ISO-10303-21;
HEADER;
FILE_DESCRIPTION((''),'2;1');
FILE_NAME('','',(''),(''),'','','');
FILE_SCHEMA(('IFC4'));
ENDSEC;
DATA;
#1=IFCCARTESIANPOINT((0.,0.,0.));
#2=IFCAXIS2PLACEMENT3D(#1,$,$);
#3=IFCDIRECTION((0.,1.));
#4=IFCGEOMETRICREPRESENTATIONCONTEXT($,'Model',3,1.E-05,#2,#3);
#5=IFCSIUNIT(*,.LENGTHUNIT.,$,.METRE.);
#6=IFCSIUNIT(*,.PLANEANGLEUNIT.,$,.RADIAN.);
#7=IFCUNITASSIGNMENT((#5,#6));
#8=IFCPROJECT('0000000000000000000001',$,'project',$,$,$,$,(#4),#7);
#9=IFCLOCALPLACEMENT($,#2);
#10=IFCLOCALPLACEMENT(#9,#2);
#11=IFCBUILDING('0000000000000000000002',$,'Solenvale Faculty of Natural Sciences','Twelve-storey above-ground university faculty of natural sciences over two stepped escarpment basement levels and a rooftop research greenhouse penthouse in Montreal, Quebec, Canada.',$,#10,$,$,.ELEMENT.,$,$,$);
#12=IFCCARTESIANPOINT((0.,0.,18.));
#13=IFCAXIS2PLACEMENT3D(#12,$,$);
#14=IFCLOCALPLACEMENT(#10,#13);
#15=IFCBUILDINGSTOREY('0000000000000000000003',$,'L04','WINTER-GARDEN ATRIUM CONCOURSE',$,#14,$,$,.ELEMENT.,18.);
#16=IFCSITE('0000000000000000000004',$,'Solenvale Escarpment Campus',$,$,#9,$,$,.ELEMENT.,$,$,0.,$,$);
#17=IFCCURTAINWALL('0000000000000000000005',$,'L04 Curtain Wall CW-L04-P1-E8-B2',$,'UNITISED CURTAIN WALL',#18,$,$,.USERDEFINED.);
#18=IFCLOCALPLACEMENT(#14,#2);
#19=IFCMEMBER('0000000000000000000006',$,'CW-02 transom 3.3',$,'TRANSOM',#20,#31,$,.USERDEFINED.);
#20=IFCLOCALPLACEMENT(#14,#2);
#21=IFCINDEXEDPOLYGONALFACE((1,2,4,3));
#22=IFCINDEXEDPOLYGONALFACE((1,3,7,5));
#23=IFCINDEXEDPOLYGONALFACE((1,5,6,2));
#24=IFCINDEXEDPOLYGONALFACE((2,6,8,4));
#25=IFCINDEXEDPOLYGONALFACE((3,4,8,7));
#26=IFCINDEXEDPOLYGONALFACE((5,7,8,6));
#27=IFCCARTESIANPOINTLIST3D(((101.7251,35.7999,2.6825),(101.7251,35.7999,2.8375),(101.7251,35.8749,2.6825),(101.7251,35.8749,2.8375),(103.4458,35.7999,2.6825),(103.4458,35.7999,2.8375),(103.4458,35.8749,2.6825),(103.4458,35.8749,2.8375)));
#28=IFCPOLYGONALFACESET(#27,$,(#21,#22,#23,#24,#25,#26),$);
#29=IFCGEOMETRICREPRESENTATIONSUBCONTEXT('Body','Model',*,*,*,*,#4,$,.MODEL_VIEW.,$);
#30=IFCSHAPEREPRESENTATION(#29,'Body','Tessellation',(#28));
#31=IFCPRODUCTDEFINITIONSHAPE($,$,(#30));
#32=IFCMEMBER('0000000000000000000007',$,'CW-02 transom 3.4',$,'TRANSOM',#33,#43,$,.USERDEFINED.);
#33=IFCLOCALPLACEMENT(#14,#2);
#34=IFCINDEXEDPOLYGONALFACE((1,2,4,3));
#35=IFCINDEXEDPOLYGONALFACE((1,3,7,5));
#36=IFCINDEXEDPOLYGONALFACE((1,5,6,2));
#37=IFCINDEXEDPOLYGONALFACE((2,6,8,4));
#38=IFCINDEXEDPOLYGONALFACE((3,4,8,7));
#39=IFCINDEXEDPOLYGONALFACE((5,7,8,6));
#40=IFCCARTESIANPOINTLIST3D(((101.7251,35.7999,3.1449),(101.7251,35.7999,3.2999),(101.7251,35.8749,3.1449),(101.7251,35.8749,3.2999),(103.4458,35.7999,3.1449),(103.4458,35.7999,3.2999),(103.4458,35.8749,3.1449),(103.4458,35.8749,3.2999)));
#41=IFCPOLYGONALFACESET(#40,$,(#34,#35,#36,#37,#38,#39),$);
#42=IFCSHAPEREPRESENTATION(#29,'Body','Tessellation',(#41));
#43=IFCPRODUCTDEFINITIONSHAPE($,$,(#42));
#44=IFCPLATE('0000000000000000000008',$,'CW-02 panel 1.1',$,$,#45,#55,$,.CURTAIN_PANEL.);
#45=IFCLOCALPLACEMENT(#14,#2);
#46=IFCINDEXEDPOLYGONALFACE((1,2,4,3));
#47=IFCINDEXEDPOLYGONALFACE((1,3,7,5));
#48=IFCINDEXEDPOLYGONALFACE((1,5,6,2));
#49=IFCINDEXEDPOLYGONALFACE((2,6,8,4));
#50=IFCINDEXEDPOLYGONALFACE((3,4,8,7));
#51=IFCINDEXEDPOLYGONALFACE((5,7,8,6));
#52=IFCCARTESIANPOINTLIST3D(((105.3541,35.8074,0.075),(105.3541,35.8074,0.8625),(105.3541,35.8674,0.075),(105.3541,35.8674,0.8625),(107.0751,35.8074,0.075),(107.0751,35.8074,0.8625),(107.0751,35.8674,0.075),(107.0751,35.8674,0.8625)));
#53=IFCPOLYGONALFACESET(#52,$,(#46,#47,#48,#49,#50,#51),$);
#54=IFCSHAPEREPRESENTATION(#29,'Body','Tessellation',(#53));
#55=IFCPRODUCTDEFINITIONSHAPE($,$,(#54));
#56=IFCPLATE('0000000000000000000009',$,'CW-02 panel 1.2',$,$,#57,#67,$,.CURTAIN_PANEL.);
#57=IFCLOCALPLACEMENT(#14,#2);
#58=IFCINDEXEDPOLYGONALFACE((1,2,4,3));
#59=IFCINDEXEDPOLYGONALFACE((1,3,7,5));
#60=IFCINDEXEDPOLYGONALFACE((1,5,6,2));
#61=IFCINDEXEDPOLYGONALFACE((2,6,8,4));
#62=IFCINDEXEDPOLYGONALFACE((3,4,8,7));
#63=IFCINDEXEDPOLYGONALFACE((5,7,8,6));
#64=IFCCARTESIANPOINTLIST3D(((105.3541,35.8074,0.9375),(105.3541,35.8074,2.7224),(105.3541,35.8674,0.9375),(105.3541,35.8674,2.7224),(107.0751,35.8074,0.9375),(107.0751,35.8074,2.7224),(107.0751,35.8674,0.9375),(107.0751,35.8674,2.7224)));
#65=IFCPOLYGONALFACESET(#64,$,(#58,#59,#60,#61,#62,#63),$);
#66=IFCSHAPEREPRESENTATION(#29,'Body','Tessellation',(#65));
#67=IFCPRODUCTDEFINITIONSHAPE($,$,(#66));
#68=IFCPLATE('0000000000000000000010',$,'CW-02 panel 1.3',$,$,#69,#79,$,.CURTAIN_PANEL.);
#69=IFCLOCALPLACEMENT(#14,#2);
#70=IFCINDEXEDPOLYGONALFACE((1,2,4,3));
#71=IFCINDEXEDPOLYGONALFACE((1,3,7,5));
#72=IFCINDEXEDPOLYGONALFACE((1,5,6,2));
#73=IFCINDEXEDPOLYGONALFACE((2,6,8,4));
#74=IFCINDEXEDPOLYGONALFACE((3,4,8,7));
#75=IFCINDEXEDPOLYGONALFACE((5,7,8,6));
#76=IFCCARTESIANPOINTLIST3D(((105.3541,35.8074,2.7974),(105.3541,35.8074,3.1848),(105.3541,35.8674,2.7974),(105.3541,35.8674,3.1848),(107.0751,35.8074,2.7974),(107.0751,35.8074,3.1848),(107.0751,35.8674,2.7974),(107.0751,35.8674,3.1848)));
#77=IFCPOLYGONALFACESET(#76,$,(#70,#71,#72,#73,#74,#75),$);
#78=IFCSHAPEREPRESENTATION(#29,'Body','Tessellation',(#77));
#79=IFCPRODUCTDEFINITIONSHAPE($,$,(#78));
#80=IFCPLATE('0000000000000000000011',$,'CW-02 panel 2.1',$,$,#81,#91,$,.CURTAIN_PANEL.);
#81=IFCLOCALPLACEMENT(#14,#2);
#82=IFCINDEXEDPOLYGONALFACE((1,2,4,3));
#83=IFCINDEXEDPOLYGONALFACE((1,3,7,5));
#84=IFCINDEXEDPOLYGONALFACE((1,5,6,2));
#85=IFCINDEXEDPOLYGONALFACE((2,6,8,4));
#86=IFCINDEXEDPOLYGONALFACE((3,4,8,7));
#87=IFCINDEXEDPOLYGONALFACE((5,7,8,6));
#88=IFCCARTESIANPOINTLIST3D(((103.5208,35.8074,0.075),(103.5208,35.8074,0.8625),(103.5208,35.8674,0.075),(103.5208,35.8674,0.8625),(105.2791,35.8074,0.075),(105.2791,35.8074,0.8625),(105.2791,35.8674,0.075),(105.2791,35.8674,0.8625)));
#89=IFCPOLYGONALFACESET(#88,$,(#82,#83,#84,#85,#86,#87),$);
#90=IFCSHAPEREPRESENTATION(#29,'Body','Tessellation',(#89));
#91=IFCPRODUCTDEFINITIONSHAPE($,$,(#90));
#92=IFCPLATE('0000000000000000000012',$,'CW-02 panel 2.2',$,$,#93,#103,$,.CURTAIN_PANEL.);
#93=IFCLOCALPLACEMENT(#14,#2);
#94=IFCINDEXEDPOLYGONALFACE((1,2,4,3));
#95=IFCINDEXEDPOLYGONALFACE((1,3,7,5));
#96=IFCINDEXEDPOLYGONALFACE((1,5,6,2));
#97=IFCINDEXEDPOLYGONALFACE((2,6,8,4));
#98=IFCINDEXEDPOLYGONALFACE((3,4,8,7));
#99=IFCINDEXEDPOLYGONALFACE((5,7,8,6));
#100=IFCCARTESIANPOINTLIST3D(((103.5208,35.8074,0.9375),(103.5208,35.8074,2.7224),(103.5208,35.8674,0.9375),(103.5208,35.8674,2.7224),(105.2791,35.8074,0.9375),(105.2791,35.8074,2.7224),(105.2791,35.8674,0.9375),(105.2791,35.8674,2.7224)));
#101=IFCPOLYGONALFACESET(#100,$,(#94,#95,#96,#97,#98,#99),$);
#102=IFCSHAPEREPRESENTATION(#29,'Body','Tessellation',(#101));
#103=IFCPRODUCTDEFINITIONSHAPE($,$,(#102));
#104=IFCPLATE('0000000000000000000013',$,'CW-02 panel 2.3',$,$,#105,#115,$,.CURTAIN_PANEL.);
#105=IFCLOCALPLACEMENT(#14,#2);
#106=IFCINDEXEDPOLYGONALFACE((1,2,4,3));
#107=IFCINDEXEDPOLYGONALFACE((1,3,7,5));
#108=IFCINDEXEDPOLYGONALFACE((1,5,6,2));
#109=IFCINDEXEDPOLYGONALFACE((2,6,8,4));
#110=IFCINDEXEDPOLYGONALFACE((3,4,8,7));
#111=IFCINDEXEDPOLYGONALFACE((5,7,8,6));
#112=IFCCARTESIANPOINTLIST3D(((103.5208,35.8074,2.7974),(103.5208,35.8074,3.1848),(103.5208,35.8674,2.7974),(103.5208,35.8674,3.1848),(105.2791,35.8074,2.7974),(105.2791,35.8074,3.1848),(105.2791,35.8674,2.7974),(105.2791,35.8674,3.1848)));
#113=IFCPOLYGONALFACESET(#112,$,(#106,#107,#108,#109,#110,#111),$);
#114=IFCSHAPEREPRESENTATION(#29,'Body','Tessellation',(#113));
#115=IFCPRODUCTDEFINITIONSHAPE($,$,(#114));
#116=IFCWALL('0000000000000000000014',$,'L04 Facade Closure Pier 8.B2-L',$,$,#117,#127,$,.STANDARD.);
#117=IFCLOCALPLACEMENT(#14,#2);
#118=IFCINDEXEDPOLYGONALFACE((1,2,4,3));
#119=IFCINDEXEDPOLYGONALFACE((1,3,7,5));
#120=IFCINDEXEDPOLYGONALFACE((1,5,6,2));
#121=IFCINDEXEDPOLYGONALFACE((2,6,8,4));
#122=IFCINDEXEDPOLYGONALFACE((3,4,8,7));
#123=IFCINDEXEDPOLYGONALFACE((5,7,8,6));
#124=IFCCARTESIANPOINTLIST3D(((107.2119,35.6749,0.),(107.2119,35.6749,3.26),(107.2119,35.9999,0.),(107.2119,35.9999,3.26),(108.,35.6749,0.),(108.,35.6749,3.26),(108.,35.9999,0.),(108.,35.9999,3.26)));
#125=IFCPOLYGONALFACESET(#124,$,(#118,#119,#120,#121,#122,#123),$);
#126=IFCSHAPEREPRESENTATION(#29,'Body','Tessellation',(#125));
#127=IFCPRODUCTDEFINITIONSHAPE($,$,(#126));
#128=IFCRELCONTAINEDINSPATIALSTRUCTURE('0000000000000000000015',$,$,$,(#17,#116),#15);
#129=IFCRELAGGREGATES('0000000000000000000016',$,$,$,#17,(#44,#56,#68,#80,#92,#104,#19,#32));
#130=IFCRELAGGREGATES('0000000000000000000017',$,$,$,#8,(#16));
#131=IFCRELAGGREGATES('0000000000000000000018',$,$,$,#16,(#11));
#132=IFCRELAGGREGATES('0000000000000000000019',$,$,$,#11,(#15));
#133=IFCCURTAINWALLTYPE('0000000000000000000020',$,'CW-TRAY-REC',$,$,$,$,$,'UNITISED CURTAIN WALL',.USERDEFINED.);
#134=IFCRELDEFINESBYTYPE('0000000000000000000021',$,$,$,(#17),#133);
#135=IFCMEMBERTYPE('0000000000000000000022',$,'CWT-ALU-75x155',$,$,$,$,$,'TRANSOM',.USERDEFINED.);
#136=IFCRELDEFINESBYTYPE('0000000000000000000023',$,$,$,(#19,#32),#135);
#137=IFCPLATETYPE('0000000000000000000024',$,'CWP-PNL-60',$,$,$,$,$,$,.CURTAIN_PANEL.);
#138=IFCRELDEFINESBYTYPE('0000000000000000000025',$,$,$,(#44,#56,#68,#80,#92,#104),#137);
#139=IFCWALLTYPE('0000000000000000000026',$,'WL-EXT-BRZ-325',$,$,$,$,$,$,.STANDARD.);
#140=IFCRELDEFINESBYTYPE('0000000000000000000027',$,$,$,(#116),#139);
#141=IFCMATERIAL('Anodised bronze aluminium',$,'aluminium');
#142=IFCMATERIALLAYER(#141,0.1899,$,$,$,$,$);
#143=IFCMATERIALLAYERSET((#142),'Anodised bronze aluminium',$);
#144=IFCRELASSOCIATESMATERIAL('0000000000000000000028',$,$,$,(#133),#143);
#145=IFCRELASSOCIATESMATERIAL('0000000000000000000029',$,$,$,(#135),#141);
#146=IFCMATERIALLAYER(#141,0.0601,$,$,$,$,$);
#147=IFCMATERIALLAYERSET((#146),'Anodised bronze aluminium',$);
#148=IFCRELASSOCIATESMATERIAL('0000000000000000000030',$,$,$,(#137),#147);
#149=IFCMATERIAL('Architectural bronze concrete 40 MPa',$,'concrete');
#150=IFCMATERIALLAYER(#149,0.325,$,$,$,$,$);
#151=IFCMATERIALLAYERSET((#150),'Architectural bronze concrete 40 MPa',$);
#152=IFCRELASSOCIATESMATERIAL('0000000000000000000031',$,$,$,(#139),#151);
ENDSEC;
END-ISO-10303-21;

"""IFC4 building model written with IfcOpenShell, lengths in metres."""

from ifc_helpers import new_model, si_unit, direction, frame, frame_2d, origin, origin_2d, place, context, subcontext, project, spatial, rectangle, extrude, material, layer, layer_set, material_profile, profile_set, type_object, element, aggregate, save


model = new_model("IFC4")

# Units and contexts
model_context = context("Model", 3, precision=1e-05, world=origin(), true_north=direction((0.0, 1.0)))
body_context = subcontext(model_context, "Body", "Model", "MODEL_VIEW")
ifc_project = project(units=[si_unit("LENGTHUNIT", "METRE"), si_unit("PLANEANGLEUNIT", "RADIAN")], contexts=[model_context])

# Site, building, storey
site_placement = place(None, origin())
site = spatial("IfcSite", under=ifc_project, at=site_placement, Name="Solenvale Escarpment Campus", CompositionType="ELEMENT", RefElevation=0.0)
building_placement = place(site_placement, origin())
building = spatial("IfcBuilding", under=site, at=building_placement, Name="Solenvale Faculty of Natural Sciences", Description="Twelve-storey above-ground university faculty of natural sciences over two stepped escarpment basement levels and a rooftop research greenhouse penthouse in Montreal, Quebec, Canada.", CompositionType="ELEMENT")
storey_placement = place(building_placement, frame((0.0, 0.0, 18.0)))
storey = spatial("IfcBuildingStorey", under=building, at=storey_placement, Name="L04", Description="WINTER-GARDEN ATRIUM CONCOURSE", CompositionType="ELEMENT", Elevation=18.0)

# Curtain wall, members, plates
ifc_material_1 = material(Name="Anodised bronze aluminium", Category="aluminium")
ifc_layer_1 = layer(ifc_material_1, 0.1899)
ifc_layer_set_1 = layer_set([ifc_layer_1], Name="Anodised bronze aluminium")
curtain_wall_type = type_object("IfcCurtainWallType", Name="CW-TRAY-REC", ElementType="UNITISED CURTAIN WALL", PredefinedType="USERDEFINED", material=ifc_layer_set_1)
curtain_wall_placement = place(storey_placement, origin())
curtain_wall = element("IfcCurtainWall", 1, at=curtain_wall_placement, inside=storey, type_object=curtain_wall_type, Name="L04 Curtain Wall CW-L04-P1-E8-B2", ObjectType="UNITISED CURTAIN WALL", PredefinedType="USERDEFINED")
ifc_material_profile_1 = material_profile(ifc_material_1, rectangle(XDim=0.075, YDim=0.155, at=origin_2d()), Name="ALU-TRN-75x155")
ifc_profile_set_1 = profile_set([ifc_material_profile_1], Name="Anodised bronze aluminium")
member_type_1 = type_object("IfcMemberType", Name="CWT-ALU-75x155", ElementType="TRANSOM", PredefinedType="USERDEFINED", material=ifc_profile_set_1)
member_1_placement = place(storey_placement, frame((103.4458, 35.8374, 2.76), z_axis=(-1.0, 0.0, 0.0), x_axis=(0.0, -1.0, 0.0)))
member_1 = element("IfcMember", 2, at=member_1_placement, type_object=member_type_1, Name="CW-02 transom 3.3", ObjectType="TRANSOM", PredefinedType="USERDEFINED", context=body_context, shape_type="SweptSolid", body=[
    extrude(rectangle(XDim=0.075, YDim=0.155, at=origin_2d()), origin(), (0.0, 0.0, 1.0), 1.7207),
])
member_2_placement = place(storey_placement, frame((103.4458, 35.8374, 3.2224), z_axis=(-1.0, 0.0, 0.0), x_axis=(0.0, -1.0, 0.0)))
member_2 = element("IfcMember", 3, at=member_2_placement, type_object=member_type_1, Name="CW-02 transom 3.4", ObjectType="TRANSOM", PredefinedType="USERDEFINED", context=body_context, shape_type="SweptSolid", body=[
    extrude(rectangle(XDim=0.075, YDim=0.155, at=origin_2d()), origin(), (0.0, 0.0, 1.0), 1.7207),
])
ifc_layer_2 = layer(ifc_material_1, 0.0601)
ifc_layer_set_2 = layer_set([ifc_layer_2], Name="Anodised bronze aluminium")
plate_type = type_object("IfcPlateType", Name="CWP-PNL-60", PredefinedType="CURTAIN_PANEL", material=ifc_layer_set_2)
plate_1_placement = place(storey_placement, frame((106.2146, 35.8374, 0.075), z_axis=(0.0, 0.0, 1.0), x_axis=(-1.0, 0.0, 0.0)))
plate_1 = element("IfcPlate", 4, at=plate_1_placement, type_object=plate_type, Name="CW-02 panel 1.1", PredefinedType="CURTAIN_PANEL", context=body_context, shape_type="SweptSolid", body=[
    extrude(rectangle(XDim=1.7209, YDim=0.0601, at=origin_2d()), origin(), (0.0, 0.0, 1.0), 0.7876),
])
plate_2_placement = place(storey_placement, frame((106.2146, 35.8374, 0.9375), z_axis=(0.0, 0.0, 1.0), x_axis=(-1.0, 0.0, 0.0)))
plate_2 = element("IfcPlate", 5, at=plate_2_placement, type_object=plate_type, Name="CW-02 panel 1.2", PredefinedType="CURTAIN_PANEL", context=body_context, shape_type="SweptSolid", body=[
    extrude(rectangle(XDim=1.7209, YDim=0.0601, at=origin_2d()), origin(), (0.0, 0.0, 1.0), 1.7849),
])
plate_3_placement = place(storey_placement, frame((106.2146, 35.8374, 2.7974), z_axis=(0.0, 0.0, 1.0), x_axis=(-1.0, 0.0, 0.0)))
plate_3 = element("IfcPlate", 6, at=plate_3_placement, type_object=plate_type, Name="CW-02 panel 1.3", PredefinedType="CURTAIN_PANEL", context=body_context, shape_type="SweptSolid", body=[
    extrude(rectangle(XDim=1.7209, YDim=0.0601, at=origin_2d()), origin(), (0.0, 0.0, 1.0), 0.3875),
])
plate_4_placement = place(storey_placement, frame((104.3999, 35.8374, 0.075), z_axis=(0.0, 0.0, 1.0), x_axis=(-1.0, 0.0, 0.0)))
plate_4 = element("IfcPlate", 7, at=plate_4_placement, type_object=plate_type, Name="CW-02 panel 2.1", PredefinedType="CURTAIN_PANEL", context=body_context, shape_type="SweptSolid", body=[
    extrude(rectangle(XDim=1.7583, YDim=0.0601, at=origin_2d()), origin(), (0.0, 0.0, 1.0), 0.7876),
])
plate_5_placement = place(storey_placement, frame((104.3999, 35.8374, 0.9375), z_axis=(0.0, 0.0, 1.0), x_axis=(-1.0, 0.0, 0.0)))
plate_5 = element("IfcPlate", 8, at=plate_5_placement, type_object=plate_type, Name="CW-02 panel 2.2", PredefinedType="CURTAIN_PANEL", context=body_context, shape_type="SweptSolid", body=[
    extrude(rectangle(XDim=1.7583, YDim=0.0601, at=origin_2d()), origin(), (0.0, 0.0, 1.0), 1.7849),
])
plate_6_placement = place(storey_placement, frame((104.3999, 35.8374, 2.7974), z_axis=(0.0, 0.0, 1.0), x_axis=(-1.0, 0.0, 0.0)))
plate_6 = element("IfcPlate", 9, at=plate_6_placement, type_object=plate_type, Name="CW-02 panel 2.3", PredefinedType="CURTAIN_PANEL", context=body_context, shape_type="SweptSolid", body=[
    extrude(rectangle(XDim=1.7583, YDim=0.0601, at=origin_2d()), origin(), (0.0, 0.0, 1.0), 0.3875),
])
aggregate(curtain_wall, [plate_1, plate_2, plate_3, plate_4, plate_5, plate_6, member_1, member_2])

# Shared definitions
ifc_material_2 = material(Name="Architectural bronze concrete 40 MPa", Category="concrete")
ifc_layer_3 = layer(ifc_material_2, 0.325)
ifc_layer_set_3 = layer_set([ifc_layer_3], Name="Architectural bronze concrete 40 MPa")
wall_type = type_object("IfcWallType", Name="WL-EXT-BRZ-325", PredefinedType="STANDARD", material=ifc_layer_set_3)

# Wall
wall_1_placement = place(storey_placement, frame((108.0, 35.8374, 0.0), z_axis=(0.0, 0.0, 1.0), x_axis=(-1.0, 0.0, 0.0)))
element("IfcWall", 10, at=wall_1_placement, inside=storey, type_object=wall_type, Name="L04 Facade Closure Pier 8.B2-L", PredefinedType="STANDARD", context=body_context, shape_type="SweptSolid", body=[
    extrude(rectangle(XDim=0.7881, YDim=0.325, at=frame_2d((0.394, 0.0))), origin(), (0.0, 0.0, 1.0), 3.26),
])

save(model, "model.ifc")
